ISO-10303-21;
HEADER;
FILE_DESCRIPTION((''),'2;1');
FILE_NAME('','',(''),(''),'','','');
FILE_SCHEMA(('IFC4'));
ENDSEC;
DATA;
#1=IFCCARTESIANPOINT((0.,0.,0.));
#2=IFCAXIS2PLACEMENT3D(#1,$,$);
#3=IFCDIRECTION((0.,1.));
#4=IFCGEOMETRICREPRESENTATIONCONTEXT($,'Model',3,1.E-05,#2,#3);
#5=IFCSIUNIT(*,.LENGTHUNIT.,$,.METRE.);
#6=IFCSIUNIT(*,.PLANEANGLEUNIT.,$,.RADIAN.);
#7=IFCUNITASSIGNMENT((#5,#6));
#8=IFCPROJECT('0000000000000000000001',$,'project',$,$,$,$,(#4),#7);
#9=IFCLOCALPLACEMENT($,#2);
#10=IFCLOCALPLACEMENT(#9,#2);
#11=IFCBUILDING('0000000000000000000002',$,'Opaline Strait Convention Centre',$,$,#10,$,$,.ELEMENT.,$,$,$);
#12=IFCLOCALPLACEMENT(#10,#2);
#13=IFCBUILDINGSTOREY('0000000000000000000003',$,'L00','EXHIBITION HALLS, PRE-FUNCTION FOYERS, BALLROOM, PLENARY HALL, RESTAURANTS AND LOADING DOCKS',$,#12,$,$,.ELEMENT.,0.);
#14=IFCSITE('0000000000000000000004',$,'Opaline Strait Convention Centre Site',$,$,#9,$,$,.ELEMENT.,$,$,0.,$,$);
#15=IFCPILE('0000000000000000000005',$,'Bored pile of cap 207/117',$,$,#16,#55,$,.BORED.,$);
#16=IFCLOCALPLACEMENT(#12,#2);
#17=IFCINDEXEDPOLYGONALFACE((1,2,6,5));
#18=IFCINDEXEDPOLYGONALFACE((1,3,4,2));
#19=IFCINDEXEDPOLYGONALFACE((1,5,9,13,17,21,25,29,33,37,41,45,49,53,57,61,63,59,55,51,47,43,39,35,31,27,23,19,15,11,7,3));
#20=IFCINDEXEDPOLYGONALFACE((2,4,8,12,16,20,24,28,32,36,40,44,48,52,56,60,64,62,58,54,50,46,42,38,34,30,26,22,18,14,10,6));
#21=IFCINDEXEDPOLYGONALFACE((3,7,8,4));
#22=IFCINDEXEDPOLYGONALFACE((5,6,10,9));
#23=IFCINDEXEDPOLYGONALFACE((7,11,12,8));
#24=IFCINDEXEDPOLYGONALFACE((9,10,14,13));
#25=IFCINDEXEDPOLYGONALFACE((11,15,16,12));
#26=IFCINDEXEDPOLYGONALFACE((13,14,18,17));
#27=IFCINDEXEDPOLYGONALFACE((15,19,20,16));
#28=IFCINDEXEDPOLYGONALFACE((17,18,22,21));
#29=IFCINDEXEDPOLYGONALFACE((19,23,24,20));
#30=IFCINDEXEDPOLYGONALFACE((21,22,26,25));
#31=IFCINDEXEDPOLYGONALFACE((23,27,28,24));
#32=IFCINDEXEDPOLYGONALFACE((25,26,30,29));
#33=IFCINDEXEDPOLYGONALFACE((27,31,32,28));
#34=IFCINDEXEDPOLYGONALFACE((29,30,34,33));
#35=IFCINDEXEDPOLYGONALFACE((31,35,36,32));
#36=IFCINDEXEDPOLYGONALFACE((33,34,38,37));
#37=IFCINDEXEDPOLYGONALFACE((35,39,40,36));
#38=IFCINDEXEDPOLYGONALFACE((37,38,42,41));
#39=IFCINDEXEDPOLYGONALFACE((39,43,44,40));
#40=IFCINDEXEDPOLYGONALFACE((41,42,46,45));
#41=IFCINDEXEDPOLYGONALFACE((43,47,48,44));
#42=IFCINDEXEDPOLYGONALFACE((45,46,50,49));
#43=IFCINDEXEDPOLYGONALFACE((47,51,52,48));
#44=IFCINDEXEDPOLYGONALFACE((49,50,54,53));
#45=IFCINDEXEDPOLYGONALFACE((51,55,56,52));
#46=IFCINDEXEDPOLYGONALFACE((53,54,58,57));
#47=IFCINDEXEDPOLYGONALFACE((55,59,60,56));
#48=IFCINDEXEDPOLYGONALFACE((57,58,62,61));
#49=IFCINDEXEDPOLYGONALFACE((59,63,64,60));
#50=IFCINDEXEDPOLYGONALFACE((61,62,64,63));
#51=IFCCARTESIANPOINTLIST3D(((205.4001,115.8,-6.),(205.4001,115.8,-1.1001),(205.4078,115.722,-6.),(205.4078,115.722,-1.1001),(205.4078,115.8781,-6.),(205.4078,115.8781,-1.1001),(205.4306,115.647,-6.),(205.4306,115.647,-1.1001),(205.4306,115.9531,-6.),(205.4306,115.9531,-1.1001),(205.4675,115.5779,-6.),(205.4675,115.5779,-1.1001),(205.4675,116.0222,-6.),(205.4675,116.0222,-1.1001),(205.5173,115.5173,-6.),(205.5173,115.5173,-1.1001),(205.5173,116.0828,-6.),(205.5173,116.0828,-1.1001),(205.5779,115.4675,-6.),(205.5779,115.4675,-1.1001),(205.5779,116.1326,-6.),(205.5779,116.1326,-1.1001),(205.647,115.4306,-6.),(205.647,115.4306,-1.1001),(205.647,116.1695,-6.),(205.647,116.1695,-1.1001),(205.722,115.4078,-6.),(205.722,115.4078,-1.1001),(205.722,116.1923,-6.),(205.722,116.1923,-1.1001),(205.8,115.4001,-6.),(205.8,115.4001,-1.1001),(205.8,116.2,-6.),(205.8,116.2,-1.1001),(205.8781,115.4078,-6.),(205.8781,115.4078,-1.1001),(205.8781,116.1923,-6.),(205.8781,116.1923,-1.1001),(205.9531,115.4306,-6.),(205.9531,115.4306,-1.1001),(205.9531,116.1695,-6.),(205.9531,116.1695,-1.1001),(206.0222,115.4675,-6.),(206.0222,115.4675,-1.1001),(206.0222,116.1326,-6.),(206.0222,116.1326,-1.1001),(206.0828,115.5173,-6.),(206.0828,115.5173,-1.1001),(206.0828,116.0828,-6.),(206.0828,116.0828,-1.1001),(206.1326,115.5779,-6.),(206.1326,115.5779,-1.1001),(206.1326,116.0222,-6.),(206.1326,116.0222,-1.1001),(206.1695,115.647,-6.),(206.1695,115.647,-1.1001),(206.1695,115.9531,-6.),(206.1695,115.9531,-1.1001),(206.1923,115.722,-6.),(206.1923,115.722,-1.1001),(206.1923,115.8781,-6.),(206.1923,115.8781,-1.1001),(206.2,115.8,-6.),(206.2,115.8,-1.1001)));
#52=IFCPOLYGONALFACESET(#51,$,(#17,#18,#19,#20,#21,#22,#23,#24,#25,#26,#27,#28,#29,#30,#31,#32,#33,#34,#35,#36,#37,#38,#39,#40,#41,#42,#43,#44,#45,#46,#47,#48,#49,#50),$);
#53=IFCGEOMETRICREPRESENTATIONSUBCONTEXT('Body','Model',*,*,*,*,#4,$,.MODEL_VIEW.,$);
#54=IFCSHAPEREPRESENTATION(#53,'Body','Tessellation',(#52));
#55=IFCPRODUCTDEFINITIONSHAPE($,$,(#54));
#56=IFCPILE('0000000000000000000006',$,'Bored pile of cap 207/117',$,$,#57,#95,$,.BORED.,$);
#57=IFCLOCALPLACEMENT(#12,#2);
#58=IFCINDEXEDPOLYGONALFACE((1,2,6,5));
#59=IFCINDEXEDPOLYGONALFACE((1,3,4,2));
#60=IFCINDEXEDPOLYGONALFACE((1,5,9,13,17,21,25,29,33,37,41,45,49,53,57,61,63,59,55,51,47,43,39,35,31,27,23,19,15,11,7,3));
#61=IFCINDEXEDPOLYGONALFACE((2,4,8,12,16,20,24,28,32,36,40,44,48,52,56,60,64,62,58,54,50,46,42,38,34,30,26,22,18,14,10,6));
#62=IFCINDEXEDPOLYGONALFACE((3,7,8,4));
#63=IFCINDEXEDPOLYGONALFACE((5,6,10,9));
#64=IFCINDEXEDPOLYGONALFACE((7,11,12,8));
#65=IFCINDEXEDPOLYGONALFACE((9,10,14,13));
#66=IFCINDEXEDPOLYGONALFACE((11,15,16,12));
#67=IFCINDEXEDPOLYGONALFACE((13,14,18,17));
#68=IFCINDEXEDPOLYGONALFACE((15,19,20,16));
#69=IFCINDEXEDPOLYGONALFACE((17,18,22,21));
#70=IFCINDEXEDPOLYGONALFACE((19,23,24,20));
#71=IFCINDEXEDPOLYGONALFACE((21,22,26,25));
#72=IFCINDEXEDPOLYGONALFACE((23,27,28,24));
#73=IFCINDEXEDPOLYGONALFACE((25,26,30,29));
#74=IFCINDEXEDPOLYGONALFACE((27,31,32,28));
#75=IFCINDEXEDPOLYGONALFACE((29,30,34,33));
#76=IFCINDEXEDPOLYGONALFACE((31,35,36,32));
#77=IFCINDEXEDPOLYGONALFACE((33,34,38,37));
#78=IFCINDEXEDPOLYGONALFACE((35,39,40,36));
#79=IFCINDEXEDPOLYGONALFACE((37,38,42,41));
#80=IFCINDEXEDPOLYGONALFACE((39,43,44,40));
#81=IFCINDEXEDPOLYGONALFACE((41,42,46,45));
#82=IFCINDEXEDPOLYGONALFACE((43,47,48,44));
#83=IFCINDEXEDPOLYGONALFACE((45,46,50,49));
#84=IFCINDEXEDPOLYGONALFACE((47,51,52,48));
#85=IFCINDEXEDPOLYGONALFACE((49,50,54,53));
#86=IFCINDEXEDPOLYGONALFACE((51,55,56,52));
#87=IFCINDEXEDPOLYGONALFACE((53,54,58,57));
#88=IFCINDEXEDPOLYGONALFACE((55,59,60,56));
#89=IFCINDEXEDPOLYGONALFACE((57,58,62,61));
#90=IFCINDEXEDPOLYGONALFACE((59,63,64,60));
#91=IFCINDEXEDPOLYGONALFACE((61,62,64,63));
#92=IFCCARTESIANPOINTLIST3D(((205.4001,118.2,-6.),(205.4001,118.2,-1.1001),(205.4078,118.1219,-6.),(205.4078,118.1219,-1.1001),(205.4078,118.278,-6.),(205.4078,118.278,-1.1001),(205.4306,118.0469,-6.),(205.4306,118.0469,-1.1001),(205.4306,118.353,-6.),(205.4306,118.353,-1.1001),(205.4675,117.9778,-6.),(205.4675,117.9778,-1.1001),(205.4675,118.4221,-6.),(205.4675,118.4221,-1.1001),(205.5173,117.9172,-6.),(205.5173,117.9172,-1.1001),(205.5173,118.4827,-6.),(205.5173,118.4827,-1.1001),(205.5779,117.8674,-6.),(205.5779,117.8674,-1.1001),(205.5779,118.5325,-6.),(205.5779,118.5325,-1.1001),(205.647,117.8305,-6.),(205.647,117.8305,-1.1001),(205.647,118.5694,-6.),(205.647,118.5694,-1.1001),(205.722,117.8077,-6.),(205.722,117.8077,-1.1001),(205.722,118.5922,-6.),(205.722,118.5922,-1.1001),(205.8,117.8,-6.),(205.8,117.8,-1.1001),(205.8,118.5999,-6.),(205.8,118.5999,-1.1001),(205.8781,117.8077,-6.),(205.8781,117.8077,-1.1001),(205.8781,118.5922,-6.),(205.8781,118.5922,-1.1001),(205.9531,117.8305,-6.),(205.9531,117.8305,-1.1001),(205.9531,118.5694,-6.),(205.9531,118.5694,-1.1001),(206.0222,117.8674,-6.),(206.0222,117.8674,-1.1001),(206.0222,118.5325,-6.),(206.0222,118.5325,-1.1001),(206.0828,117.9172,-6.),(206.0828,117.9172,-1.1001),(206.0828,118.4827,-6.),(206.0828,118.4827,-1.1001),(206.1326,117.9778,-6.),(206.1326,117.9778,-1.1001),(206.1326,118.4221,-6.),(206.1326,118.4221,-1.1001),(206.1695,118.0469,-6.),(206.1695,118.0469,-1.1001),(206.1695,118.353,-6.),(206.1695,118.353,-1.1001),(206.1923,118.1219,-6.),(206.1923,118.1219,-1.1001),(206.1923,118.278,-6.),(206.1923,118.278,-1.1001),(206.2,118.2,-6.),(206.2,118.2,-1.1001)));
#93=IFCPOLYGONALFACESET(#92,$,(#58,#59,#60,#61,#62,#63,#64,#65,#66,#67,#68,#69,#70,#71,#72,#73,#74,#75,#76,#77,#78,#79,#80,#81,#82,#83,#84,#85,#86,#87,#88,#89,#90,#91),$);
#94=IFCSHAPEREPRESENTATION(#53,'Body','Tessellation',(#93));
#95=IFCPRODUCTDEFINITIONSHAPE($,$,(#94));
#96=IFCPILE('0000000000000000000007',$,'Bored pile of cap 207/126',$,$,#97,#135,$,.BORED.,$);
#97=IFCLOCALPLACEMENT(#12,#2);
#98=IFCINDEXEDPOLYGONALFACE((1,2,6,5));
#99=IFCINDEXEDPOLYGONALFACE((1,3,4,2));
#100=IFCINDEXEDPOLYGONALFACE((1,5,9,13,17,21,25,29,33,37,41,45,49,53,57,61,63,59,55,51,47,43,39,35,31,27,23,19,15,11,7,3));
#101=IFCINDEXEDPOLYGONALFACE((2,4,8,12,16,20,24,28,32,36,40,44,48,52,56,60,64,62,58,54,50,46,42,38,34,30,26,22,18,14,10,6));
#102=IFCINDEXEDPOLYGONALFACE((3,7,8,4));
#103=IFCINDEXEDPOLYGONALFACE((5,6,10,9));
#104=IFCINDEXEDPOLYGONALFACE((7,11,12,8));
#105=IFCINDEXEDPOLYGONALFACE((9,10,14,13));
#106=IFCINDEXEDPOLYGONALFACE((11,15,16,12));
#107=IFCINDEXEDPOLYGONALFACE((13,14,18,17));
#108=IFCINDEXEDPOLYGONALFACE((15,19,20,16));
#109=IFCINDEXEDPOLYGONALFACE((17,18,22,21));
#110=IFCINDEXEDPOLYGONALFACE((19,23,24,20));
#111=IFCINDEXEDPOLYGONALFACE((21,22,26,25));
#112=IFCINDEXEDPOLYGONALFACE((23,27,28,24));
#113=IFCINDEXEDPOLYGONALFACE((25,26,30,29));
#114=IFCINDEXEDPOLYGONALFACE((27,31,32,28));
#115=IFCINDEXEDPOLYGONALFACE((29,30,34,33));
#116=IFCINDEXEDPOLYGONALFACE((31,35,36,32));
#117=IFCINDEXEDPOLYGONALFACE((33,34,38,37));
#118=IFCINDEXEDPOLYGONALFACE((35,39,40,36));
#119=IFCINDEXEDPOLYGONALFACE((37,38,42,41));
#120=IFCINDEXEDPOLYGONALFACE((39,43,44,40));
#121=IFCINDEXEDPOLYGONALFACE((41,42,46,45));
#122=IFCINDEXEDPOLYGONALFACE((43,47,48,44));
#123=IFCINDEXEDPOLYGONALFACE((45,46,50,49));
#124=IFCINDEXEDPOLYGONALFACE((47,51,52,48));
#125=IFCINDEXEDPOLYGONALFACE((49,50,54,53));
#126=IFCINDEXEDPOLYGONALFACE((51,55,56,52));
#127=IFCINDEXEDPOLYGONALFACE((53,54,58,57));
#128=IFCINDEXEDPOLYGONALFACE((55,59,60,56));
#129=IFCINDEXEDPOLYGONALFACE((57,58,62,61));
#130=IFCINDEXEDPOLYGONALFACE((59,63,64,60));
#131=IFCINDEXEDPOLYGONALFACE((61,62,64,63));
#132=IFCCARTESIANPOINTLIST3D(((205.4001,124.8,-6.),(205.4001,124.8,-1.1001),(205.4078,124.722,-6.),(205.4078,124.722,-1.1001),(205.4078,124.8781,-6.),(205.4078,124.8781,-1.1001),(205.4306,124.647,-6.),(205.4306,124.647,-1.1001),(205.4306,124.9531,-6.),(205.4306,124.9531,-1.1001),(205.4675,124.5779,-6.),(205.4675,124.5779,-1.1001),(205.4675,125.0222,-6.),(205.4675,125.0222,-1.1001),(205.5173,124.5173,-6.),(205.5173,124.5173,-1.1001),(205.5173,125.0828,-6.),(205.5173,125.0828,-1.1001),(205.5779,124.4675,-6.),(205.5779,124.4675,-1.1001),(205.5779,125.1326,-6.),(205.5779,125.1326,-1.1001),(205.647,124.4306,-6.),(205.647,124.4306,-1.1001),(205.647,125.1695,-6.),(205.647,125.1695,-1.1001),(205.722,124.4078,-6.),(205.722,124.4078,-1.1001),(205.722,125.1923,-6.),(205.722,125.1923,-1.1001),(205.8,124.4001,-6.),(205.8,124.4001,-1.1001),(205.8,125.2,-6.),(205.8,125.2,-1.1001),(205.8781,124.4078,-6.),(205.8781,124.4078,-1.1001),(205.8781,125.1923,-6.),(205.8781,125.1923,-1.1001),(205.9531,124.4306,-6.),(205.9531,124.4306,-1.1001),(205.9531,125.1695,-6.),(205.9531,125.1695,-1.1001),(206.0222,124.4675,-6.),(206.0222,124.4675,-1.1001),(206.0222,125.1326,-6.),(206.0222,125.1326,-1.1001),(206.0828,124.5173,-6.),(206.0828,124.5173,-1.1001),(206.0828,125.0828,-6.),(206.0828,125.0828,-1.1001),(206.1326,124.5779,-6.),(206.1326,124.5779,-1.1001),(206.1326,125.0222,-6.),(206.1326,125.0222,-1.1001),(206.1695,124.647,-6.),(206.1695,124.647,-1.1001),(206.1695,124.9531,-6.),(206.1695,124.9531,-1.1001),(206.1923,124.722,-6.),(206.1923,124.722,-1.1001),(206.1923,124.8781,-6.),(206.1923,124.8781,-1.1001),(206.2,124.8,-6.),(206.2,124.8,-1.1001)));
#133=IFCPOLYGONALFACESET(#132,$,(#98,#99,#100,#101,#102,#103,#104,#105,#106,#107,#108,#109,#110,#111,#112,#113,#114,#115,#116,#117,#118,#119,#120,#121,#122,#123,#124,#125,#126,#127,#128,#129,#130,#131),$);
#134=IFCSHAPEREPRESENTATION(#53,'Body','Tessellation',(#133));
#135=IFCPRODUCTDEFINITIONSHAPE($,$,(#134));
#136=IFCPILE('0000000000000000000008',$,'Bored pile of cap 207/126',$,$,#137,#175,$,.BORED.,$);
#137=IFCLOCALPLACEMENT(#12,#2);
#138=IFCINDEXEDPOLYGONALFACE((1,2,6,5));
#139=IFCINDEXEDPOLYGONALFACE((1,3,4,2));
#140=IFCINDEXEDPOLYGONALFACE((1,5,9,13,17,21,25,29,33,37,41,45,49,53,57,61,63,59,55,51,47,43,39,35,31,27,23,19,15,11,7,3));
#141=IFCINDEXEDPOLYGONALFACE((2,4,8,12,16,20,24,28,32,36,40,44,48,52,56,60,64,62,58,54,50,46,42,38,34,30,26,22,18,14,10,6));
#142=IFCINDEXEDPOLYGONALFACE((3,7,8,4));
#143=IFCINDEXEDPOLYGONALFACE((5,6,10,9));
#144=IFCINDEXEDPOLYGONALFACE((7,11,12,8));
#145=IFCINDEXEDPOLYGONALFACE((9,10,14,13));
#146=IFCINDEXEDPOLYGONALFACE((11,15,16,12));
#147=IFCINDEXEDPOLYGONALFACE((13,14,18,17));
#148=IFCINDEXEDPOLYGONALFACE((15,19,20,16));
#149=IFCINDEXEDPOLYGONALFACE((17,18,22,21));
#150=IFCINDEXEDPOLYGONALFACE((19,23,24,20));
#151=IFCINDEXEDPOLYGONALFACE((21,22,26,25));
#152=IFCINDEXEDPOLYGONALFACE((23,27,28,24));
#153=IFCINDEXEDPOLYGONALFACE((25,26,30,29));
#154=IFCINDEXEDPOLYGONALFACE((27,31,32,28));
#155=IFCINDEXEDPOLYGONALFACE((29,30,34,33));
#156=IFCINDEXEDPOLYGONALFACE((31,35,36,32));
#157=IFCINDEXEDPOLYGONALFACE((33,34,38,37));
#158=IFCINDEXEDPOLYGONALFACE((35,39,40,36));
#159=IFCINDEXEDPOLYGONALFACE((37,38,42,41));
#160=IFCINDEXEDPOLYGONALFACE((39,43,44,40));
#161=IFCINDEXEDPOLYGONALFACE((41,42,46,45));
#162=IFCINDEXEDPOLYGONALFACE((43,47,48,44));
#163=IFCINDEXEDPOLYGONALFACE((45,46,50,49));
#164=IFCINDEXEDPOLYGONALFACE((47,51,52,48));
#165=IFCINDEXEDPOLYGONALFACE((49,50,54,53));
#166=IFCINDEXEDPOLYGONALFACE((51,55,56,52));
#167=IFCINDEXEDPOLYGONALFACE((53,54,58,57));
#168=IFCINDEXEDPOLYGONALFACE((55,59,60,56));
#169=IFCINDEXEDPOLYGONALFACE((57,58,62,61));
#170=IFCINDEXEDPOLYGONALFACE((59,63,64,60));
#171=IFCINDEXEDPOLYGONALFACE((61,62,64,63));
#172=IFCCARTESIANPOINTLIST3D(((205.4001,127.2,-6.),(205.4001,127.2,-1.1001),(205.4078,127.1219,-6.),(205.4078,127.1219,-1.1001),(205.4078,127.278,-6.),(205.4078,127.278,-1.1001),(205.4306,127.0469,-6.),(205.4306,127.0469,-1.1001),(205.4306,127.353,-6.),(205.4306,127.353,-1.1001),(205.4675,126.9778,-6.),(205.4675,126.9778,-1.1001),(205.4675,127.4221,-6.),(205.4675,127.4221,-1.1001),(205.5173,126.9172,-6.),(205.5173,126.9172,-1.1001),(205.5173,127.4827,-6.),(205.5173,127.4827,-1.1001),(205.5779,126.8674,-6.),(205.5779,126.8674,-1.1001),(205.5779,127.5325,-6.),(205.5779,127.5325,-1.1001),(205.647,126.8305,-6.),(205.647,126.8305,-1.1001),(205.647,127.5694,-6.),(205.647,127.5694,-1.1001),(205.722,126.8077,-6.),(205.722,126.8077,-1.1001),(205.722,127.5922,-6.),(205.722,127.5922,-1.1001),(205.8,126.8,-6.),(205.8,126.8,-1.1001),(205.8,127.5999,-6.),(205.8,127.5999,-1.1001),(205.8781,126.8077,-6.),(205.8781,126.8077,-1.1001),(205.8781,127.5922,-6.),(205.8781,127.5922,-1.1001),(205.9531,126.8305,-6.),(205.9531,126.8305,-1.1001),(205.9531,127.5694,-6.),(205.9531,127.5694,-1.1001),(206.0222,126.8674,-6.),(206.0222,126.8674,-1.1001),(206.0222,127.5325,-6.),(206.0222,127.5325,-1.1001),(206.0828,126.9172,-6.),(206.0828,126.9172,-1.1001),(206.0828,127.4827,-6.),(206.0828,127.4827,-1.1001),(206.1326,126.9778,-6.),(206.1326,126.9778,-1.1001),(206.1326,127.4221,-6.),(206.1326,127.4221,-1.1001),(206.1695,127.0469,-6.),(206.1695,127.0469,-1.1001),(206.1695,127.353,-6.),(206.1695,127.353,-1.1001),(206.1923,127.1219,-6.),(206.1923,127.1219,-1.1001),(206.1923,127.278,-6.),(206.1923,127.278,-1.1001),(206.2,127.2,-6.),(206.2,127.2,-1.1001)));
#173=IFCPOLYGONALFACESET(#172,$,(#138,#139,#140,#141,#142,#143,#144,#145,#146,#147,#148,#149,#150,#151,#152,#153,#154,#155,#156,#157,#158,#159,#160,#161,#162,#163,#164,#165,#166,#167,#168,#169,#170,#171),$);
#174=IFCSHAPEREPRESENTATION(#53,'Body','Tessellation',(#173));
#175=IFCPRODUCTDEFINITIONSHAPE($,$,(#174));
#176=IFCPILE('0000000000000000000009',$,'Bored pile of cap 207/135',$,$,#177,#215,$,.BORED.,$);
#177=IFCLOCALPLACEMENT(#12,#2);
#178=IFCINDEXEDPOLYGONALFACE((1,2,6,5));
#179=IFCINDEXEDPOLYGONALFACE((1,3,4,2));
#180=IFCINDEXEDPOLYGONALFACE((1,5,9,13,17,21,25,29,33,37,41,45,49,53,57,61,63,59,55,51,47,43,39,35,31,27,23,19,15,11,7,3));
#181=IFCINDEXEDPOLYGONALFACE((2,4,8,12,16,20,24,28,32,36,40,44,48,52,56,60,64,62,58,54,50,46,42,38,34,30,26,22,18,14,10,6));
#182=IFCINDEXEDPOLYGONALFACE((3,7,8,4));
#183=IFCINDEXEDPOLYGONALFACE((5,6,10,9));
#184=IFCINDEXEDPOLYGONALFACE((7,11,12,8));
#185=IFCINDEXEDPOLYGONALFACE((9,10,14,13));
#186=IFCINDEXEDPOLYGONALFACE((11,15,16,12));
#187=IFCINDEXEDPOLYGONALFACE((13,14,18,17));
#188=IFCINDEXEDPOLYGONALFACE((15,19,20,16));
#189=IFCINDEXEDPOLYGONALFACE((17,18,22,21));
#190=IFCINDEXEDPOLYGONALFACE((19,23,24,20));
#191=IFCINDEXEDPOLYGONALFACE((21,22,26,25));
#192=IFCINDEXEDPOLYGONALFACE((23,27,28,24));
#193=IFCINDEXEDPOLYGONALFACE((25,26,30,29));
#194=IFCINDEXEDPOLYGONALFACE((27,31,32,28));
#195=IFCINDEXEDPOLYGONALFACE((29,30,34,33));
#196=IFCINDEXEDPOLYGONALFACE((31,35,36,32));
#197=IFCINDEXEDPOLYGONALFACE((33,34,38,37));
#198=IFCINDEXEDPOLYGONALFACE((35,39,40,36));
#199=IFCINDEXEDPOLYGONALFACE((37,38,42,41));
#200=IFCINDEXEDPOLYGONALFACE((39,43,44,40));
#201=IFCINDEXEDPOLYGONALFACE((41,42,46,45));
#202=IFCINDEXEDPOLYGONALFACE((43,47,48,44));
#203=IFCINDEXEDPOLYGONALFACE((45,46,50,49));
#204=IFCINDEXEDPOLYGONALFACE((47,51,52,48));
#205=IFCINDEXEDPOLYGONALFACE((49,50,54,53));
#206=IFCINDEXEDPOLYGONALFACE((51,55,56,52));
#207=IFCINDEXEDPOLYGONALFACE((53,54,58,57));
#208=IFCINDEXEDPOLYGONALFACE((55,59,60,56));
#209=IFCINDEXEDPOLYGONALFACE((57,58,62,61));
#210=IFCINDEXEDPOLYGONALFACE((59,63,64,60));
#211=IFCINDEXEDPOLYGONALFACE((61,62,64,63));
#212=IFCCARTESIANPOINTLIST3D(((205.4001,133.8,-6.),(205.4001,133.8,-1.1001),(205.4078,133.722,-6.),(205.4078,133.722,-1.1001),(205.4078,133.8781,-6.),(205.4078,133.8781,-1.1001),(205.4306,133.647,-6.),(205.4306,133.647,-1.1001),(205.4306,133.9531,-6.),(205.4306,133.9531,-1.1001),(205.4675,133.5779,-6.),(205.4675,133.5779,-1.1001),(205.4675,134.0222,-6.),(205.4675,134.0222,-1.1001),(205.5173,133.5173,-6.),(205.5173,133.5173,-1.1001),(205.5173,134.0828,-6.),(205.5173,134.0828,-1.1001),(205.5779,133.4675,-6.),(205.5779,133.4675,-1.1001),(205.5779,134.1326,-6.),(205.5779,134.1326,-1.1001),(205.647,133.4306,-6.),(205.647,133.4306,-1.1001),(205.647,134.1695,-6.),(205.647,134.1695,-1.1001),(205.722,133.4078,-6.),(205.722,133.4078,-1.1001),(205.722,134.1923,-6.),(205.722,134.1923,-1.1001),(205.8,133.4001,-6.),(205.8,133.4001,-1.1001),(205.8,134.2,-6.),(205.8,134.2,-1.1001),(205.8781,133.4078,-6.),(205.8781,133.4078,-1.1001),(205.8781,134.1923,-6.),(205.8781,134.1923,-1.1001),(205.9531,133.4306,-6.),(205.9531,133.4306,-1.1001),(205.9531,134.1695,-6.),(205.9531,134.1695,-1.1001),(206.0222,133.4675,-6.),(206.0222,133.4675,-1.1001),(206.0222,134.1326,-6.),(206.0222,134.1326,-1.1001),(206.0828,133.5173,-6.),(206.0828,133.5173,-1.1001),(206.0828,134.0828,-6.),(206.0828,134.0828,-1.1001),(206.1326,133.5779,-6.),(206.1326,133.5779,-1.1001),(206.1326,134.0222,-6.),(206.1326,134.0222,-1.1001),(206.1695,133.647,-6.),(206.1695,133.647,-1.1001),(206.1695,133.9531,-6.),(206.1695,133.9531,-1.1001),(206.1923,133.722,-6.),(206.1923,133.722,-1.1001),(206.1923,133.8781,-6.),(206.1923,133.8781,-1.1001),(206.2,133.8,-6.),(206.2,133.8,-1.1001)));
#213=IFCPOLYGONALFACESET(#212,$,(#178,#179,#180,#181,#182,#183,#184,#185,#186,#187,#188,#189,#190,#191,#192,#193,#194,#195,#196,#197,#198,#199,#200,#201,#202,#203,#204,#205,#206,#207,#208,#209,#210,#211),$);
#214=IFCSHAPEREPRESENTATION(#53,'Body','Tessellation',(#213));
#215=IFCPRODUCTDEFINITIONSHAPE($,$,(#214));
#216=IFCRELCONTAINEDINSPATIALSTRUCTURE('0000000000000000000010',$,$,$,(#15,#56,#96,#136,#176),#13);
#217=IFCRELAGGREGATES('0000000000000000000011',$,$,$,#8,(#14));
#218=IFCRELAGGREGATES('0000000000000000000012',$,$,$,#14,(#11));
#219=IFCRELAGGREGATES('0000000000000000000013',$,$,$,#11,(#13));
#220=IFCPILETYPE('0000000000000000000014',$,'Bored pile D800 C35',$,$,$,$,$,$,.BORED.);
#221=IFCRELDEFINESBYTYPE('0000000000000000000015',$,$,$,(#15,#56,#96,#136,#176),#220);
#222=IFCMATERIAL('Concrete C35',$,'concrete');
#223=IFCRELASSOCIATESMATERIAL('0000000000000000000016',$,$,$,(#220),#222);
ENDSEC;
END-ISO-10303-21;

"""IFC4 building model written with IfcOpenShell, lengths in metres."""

from ifc_helpers import new_model, si_unit, direction, frame, origin, origin_2d, place, context, subcontext, project, spatial, circle, extrude, material, material_profile, profile_set, type_object, element, save


model = new_model("IFC4")

# Units and contexts
model_context = context("Model", 3, precision=1e-05, world=origin(), true_north=direction((0.0, 1.0)))
body_context = subcontext(model_context, "Body", "Model", "MODEL_VIEW")
ifc_project = project(units=[si_unit("LENGTHUNIT", "METRE"), si_unit("PLANEANGLEUNIT", "RADIAN")], contexts=[model_context])

# Site, building, storey
site_placement = place(None, origin())
site = spatial("IfcSite", under=ifc_project, at=site_placement, Name="Opaline Strait Convention Centre Site", CompositionType="ELEMENT", RefElevation=0.0)
building_placement = place(site_placement, origin())
building = spatial("IfcBuilding", under=site, at=building_placement, Name="Opaline Strait Convention Centre", CompositionType="ELEMENT")
storey_placement = place(building_placement, origin())
storey = spatial("IfcBuildingStorey", under=building, at=storey_placement, Name="L00", Description="EXHIBITION HALLS, PRE-FUNCTION FOYERS, BALLROOM, PLENARY HALL, RESTAURANTS AND LOADING DOCKS", CompositionType="ELEMENT", Elevation=0.0)

# Piles
ifc_material_1 = material(Name="Concrete C35", Category="concrete")
ifc_material_profile_1 = material_profile(ifc_material_1, circle(Radius=0.3999, at=origin_2d()), Name="D800")
ifc_profile_set_1 = profile_set([ifc_material_profile_1], Name="Concrete C35")
pile_type = type_object("IfcPileType", Name="Bored pile D800 C35", PredefinedType="BORED", material=ifc_profile_set_1)
for number, where, z_axis, x_axis, name in (
    (1, (205.8, 115.8, -1.1001), (0.0, 0.0, -1.0), (1.0, 0.0, 0.0), "Bored pile of cap 207/117"),
    (2, (205.8, 118.2, -1.1001), (0.0, 0.0, -1.0), (1.0, 0.0, 0.0), "Bored pile of cap 207/117"),
    (3, (205.8, 124.8, -1.1001), (0.0, 0.0, -1.0), (1.0, 0.0, 0.0), "Bored pile of cap 207/126"),
    (4, (205.8, 127.2, -1.1001), (0.0, 0.0, -1.0), (1.0, 0.0, 0.0), "Bored pile of cap 207/126"),
    (5, (205.8, 133.8, -1.1001), (0.0, 0.0, -1.0), (1.0, 0.0, 0.0), "Bored pile of cap 207/135"),
):
    element("IfcPile", number, at=place(storey_placement, frame(where, z_axis=z_axis, x_axis=x_axis)), inside=storey, type_object=pile_type, Name=name, PredefinedType="BORED", context=body_context, shape_type="SweptSolid", body=[
        extrude(circle(Radius=0.3999, at=origin_2d()), origin(), (0.0, 0.0, 1.0), 4.8999),
    ])

save(model, "model.ifc")
